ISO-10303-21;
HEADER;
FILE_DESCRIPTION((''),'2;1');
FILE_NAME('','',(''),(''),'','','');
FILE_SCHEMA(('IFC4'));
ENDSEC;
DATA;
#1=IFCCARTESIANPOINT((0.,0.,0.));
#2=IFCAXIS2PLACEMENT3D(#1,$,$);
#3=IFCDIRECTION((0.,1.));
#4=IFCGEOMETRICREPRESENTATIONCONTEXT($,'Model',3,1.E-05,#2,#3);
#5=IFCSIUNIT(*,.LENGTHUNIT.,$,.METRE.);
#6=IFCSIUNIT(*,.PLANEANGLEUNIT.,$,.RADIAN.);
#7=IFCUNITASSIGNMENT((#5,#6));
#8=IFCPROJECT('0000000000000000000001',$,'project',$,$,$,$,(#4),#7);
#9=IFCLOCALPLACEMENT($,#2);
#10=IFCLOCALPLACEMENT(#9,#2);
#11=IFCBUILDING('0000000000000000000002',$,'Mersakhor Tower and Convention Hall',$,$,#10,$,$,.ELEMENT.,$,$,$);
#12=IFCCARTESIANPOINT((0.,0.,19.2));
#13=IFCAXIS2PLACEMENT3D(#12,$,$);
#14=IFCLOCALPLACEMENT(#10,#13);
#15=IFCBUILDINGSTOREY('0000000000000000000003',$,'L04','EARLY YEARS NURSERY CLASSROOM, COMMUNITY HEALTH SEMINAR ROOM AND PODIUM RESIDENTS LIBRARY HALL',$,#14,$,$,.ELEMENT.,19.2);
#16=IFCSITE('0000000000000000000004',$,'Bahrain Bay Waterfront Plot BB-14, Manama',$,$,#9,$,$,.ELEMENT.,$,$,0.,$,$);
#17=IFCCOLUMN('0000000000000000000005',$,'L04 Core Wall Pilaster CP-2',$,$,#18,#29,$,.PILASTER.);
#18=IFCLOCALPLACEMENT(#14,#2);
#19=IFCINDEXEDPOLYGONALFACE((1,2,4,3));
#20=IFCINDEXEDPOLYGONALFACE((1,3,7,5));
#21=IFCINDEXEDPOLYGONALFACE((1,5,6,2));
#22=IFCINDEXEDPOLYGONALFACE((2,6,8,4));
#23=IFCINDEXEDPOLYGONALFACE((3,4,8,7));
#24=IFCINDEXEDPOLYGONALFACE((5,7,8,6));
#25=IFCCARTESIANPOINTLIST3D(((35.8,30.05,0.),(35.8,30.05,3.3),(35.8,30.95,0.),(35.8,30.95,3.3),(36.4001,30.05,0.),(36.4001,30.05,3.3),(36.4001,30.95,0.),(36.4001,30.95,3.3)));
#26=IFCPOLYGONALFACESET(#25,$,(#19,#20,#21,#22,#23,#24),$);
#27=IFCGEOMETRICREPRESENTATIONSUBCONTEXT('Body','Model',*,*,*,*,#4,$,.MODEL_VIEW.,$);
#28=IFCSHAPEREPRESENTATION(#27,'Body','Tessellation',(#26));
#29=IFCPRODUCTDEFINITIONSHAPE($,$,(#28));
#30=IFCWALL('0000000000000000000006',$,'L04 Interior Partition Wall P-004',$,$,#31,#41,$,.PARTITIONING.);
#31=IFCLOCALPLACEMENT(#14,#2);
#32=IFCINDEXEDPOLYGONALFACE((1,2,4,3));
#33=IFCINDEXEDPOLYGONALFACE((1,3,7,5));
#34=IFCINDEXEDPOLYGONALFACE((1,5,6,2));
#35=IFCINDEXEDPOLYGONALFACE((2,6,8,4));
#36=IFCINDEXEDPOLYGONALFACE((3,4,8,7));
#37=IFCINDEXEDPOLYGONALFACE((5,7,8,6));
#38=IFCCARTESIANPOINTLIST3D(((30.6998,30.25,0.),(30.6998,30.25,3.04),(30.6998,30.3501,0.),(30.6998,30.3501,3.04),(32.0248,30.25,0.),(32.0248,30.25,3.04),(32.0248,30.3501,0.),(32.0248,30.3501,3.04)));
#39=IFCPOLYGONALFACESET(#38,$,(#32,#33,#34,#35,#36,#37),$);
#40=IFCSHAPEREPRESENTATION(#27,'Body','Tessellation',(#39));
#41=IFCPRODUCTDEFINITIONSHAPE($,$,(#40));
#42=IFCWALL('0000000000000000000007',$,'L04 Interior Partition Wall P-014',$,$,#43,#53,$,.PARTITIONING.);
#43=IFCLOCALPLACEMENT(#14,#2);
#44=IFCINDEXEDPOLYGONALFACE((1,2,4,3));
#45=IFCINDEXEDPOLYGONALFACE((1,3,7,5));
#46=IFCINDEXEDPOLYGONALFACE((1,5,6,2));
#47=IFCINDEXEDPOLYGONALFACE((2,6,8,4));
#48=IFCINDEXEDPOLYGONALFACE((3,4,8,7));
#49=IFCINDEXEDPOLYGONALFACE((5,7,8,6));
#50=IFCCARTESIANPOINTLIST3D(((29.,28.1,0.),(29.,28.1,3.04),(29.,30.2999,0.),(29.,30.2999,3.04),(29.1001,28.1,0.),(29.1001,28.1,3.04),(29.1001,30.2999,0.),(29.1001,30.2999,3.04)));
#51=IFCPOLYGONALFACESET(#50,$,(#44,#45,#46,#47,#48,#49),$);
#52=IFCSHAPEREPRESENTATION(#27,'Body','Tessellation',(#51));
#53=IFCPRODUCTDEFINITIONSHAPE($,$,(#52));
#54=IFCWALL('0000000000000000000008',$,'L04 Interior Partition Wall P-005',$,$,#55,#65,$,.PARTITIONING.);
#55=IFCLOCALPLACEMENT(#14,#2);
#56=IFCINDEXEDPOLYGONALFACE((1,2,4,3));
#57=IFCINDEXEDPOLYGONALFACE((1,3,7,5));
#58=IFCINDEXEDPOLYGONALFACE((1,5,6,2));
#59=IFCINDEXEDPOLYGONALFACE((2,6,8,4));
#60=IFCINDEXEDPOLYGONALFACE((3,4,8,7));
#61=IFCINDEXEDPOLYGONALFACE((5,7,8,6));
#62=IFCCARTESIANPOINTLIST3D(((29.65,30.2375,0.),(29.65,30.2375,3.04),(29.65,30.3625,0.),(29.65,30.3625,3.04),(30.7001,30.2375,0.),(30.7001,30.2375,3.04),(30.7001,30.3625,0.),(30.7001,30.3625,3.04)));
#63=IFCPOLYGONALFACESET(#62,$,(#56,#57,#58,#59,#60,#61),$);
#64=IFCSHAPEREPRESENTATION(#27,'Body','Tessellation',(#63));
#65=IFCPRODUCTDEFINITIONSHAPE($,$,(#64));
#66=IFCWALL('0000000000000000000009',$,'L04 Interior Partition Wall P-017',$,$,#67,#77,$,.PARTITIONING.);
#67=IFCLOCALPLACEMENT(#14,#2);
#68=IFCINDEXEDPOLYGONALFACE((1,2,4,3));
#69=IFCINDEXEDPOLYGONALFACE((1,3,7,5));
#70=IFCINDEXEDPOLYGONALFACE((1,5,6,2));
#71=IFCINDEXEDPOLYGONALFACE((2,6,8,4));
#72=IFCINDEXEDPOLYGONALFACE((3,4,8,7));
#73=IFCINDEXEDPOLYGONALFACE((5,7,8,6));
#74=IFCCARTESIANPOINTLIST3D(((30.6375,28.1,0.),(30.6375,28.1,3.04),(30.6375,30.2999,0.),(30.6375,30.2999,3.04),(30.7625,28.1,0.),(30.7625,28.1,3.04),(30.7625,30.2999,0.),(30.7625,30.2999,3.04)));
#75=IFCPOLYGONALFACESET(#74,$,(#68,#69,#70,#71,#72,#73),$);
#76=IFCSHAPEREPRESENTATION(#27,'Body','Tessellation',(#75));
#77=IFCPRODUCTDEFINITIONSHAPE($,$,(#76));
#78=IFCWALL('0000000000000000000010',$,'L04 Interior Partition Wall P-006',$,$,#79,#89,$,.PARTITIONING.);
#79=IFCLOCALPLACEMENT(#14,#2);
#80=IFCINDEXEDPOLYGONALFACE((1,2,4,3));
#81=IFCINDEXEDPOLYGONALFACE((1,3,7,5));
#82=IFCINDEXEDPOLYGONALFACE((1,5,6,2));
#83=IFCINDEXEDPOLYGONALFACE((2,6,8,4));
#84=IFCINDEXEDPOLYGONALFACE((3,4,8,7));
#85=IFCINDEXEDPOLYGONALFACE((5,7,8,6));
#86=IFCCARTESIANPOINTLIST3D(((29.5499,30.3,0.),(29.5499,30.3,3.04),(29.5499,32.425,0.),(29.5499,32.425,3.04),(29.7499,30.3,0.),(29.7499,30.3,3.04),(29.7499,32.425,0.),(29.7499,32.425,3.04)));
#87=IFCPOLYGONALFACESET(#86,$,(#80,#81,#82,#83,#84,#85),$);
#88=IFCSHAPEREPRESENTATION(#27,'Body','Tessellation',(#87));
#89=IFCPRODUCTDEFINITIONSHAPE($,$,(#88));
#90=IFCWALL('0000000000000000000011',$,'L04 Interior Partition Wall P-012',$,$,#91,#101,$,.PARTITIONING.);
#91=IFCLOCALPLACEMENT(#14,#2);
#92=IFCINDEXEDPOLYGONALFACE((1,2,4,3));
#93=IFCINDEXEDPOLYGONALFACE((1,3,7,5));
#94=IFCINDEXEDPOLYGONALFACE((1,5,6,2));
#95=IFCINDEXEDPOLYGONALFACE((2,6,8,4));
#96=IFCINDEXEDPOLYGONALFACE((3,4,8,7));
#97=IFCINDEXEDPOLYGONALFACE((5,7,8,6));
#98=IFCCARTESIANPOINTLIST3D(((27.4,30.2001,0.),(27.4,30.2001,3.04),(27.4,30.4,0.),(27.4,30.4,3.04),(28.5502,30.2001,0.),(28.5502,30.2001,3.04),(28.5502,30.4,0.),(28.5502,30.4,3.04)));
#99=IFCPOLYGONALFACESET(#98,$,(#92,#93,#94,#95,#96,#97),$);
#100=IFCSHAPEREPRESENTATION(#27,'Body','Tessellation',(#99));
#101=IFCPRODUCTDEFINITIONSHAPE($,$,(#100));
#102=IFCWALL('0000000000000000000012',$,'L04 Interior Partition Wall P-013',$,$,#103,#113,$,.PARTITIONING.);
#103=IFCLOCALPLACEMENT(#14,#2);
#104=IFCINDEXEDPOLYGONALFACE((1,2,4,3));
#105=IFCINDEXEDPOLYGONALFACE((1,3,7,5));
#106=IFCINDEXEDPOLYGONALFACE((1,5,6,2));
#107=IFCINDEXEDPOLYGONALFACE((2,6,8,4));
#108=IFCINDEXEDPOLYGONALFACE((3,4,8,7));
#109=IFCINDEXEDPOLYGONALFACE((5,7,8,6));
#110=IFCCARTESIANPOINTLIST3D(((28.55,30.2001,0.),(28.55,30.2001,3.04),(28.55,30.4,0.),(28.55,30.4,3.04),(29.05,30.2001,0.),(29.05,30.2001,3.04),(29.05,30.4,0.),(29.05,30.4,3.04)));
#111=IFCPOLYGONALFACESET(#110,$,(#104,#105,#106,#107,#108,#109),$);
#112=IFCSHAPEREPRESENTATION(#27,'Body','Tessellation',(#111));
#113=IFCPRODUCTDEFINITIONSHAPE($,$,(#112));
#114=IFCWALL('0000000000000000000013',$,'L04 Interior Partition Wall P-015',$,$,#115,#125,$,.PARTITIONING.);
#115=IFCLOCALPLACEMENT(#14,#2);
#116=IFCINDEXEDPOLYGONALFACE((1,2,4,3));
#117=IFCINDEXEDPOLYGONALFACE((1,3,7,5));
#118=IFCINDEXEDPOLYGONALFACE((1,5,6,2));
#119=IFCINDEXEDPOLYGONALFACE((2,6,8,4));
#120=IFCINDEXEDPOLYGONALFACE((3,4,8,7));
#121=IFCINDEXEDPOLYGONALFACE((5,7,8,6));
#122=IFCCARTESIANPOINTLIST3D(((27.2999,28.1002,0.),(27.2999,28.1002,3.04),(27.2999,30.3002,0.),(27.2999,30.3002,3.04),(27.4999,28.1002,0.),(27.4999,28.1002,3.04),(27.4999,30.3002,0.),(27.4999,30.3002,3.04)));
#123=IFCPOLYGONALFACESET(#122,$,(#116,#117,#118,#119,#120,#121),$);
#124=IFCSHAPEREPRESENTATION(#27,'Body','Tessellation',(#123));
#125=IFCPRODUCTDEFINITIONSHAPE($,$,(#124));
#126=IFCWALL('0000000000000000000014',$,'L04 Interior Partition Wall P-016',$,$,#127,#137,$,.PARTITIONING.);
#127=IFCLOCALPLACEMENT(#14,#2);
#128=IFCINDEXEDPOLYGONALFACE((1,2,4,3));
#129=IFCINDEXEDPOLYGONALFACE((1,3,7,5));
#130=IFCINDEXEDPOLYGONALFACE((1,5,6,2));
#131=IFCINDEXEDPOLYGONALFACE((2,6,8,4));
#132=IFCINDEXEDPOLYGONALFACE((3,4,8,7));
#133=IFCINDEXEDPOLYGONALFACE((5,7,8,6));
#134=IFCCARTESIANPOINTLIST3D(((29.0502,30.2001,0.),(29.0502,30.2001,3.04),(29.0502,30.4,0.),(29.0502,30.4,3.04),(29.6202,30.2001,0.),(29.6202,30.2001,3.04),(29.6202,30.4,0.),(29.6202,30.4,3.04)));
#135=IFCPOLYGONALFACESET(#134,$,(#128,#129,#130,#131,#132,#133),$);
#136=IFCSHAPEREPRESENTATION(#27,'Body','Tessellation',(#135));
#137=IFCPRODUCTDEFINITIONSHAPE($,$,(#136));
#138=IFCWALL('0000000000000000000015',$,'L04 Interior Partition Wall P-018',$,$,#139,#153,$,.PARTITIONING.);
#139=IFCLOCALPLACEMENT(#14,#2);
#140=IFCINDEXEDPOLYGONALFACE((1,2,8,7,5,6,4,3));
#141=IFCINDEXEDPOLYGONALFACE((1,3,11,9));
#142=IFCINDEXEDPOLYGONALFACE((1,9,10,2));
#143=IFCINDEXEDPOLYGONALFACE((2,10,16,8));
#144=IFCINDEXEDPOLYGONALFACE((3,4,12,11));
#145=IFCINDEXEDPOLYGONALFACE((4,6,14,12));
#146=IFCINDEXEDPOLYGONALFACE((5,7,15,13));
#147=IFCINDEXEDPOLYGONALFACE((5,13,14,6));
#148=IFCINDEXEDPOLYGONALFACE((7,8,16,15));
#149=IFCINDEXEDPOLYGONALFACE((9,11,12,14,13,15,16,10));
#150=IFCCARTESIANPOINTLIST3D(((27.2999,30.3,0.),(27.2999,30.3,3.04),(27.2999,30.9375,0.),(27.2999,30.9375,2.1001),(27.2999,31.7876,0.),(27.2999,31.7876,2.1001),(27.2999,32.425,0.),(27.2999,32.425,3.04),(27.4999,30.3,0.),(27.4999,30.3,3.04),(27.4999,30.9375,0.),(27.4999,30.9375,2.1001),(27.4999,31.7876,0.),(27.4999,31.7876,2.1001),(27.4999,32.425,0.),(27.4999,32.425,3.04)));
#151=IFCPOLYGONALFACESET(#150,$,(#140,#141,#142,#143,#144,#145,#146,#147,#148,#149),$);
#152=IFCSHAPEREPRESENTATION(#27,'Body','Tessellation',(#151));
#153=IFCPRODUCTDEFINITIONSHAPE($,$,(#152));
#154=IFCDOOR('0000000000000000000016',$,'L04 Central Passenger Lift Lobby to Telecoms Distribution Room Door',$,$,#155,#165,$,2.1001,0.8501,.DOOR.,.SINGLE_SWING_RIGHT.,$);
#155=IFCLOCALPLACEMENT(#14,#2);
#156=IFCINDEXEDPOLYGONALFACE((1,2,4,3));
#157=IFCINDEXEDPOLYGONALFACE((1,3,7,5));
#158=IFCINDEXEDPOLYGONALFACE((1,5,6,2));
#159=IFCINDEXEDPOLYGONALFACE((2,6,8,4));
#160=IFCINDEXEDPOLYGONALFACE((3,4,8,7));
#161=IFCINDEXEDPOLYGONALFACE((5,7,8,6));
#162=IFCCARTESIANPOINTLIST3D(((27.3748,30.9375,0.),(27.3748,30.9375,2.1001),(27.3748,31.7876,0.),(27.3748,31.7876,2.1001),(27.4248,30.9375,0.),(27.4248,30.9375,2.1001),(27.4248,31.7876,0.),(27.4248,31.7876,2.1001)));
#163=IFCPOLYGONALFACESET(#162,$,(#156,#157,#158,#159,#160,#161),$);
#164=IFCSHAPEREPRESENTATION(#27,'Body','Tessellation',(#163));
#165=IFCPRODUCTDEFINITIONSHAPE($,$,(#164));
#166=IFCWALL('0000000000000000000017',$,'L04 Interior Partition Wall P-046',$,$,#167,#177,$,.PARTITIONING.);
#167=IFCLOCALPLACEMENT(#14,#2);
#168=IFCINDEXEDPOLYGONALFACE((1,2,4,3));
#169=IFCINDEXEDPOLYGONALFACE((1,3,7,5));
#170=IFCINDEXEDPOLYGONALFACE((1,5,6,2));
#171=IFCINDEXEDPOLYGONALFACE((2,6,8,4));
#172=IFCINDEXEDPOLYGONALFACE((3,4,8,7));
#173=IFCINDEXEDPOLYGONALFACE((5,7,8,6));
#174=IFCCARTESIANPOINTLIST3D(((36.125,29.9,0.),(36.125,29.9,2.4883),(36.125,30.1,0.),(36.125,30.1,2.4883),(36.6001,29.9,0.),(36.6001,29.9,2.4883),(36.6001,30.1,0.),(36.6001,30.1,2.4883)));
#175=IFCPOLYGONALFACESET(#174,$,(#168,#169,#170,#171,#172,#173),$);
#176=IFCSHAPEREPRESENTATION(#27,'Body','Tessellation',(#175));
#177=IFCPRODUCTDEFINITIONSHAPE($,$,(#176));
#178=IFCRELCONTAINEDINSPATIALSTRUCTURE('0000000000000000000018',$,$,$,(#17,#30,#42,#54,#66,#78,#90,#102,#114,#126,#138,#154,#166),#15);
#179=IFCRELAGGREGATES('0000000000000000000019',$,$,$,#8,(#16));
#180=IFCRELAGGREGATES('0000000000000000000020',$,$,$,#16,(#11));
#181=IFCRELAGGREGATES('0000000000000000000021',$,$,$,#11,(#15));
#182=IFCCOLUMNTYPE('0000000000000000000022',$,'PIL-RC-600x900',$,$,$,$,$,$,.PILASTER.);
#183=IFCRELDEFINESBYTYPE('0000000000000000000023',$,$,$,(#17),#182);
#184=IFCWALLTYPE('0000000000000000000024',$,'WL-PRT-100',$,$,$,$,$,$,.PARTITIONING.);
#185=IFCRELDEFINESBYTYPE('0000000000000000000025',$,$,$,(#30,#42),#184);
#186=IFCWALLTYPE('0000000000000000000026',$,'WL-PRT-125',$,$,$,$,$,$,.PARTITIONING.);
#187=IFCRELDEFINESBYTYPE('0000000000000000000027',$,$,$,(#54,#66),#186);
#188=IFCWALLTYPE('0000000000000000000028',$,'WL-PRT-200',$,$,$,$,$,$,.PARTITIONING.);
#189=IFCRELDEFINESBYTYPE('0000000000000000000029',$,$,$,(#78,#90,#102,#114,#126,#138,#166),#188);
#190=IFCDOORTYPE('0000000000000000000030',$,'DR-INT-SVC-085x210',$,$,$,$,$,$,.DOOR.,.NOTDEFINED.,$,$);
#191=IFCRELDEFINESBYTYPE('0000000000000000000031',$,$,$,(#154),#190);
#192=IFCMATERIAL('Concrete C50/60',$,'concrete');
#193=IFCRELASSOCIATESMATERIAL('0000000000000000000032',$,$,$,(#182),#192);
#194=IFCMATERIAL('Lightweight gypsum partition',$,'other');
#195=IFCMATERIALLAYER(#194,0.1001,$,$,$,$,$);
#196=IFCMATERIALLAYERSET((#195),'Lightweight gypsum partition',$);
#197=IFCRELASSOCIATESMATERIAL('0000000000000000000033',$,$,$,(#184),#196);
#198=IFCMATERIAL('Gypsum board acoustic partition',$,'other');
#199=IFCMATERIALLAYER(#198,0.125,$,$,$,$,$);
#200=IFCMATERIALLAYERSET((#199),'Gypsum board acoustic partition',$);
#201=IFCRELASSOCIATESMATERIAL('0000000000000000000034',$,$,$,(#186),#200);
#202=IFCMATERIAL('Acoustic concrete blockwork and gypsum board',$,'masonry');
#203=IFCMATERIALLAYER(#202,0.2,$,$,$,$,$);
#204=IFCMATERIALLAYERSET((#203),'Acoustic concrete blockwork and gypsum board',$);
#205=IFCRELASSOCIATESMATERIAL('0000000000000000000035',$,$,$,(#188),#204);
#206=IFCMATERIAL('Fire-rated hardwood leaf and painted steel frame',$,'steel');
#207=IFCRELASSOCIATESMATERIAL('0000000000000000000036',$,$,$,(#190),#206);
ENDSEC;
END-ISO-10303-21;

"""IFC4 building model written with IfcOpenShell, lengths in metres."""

from ifc_helpers import new_model, si_unit, direction, frame, frame_2d, origin, origin_2d, place, context, subcontext, project, spatial, rectangle, extrude, material, layer, layer_set, material_profile, profile_set, type_object, element, fill, save


model = new_model("IFC4")

# Units and contexts
model_context = context("Model", 3, precision=1e-05, world=origin(), true_north=direction((0.0, 1.0)))
body_context = subcontext(model_context, "Body", "Model", "MODEL_VIEW")
ifc_project = project(units=[si_unit("LENGTHUNIT", "METRE"), si_unit("PLANEANGLEUNIT", "RADIAN")], contexts=[model_context])

# Site, building, storey
site_placement = place(None, origin())
site = spatial("IfcSite", under=ifc_project, at=site_placement, Name="Bahrain Bay Waterfront Plot BB-14, Manama", CompositionType="ELEMENT", RefElevation=0.0)
building_placement = place(site_placement, origin())
building = spatial("IfcBuilding", under=site, at=building_placement, Name="Mersakhor Tower and Convention Hall", CompositionType="ELEMENT")
storey_placement = place(building_placement, frame((0.0, 0.0, 19.2)))
storey = spatial("IfcBuildingStorey", under=building, at=storey_placement, Name="L04", Description="EARLY YEARS NURSERY CLASSROOM, COMMUNITY HEALTH SEMINAR ROOM AND PODIUM RESIDENTS LIBRARY HALL", CompositionType="ELEMENT", Elevation=19.2)

# Column
ifc_material_1 = material(Name="Concrete C50/60", Category="concrete")
ifc_material_profile = material_profile(ifc_material_1, rectangle(XDim=0.6001, YDim=0.8999, at=origin_2d()), Name="RC 600x900")
ifc_profile_set = profile_set([ifc_material_profile], Name="Concrete C50/60")
column_type = type_object("IfcColumnType", Name="PIL-RC-600x900", PredefinedType="PILASTER", material=ifc_profile_set)
column_placement = place(storey_placement, frame((36.1001, 30.5, 0.0), z_axis=(0.0, 0.0, 1.0), x_axis=(1.0, 0.0, 0.0)))
element("IfcColumn", 1, at=column_placement, inside=storey, type_object=column_type, Name="L04 Core Wall Pilaster CP-2", PredefinedType="PILASTER", context=body_context, shape_type="SweptSolid", body=[
    extrude(rectangle(XDim=0.6001, YDim=0.8999, at=origin_2d()), origin(), (0.0, 0.0, 1.0), 3.3),
])

# Walls
ifc_material_2 = material(Name="Lightweight gypsum partition", Category="other")
ifc_layer_1 = layer(ifc_material_2, 0.1001)
ifc_layer_set_1 = layer_set([ifc_layer_1], Name="Lightweight gypsum partition")
wall_type_1 = type_object("IfcWallType", Name="WL-PRT-100", PredefinedType="PARTITIONING", material=ifc_layer_set_1)
wall_1_placement = place(storey_placement, frame((32.0249, 30.3, 0.0), z_axis=(0.0, 0.0, 1.0), x_axis=(-1.0, 0.0, 0.0)))
element("IfcWall", 2, at=wall_1_placement, inside=storey, type_object=wall_type_1, Name="L04 Interior Partition Wall P-004", PredefinedType="PARTITIONING", context=body_context, shape_type="SweptSolid", body=[
    extrude(rectangle(XDim=1.325, YDim=0.1001, at=frame_2d((0.6626, 0.0))), origin(), (0.0, 0.0, 1.0), 3.04),
])
wall_2_placement = place(storey_placement, frame((29.05, 30.3, 0.0), z_axis=(0.0, 0.0, 1.0), x_axis=(0.0, -1.0, 0.0)))
element("IfcWall", 3, at=wall_2_placement, inside=storey, type_object=wall_type_1, Name="L04 Interior Partition Wall P-014", PredefinedType="PARTITIONING", context=body_context, shape_type="SweptSolid", body=[
    extrude(rectangle(XDim=2.2, YDim=0.1001, at=frame_2d((1.1001, 0.0))), origin(), (0.0, 0.0, 1.0), 3.04),
])
ifc_material_3 = material(Name="Gypsum board acoustic partition", Category="other")
ifc_layer_2 = layer(ifc_material_3, 0.125)
ifc_layer_set_2 = layer_set([ifc_layer_2], Name="Gypsum board acoustic partition")
wall_type_2 = type_object("IfcWallType", Name="WL-PRT-125", PredefinedType="PARTITIONING", material=ifc_layer_set_2)
wall_3_placement = place(storey_placement, frame((30.7, 30.3, 0.0), z_axis=(0.0, 0.0, 1.0), x_axis=(-1.0, 0.0, 0.0)))
element("IfcWall", 4, at=wall_3_placement, inside=storey, type_object=wall_type_2, Name="L04 Interior Partition Wall P-005", PredefinedType="PARTITIONING", context=body_context, shape_type="SweptSolid", body=[
    extrude(rectangle(XDim=1.05, YDim=0.125, at=frame_2d((0.5249, 0.0))), origin(), (0.0, 0.0, 1.0), 3.04),
])
wall_4_placement = place(storey_placement, frame((30.7, 30.3, 0.0), z_axis=(0.0, 0.0, 1.0), x_axis=(0.0, -1.0, 0.0)))
element("IfcWall", 5, at=wall_4_placement, inside=storey, type_object=wall_type_2, Name="L04 Interior Partition Wall P-017", PredefinedType="PARTITIONING", context=body_context, shape_type="SweptSolid", body=[
    extrude(rectangle(XDim=2.2, YDim=0.125, at=frame_2d((1.1001, 0.0))), origin(), (0.0, 0.0, 1.0), 3.04),
])
ifc_material_4 = material(Name="Acoustic concrete blockwork and gypsum board", Category="masonry")
ifc_layer_3 = layer(ifc_material_4, 0.2)
ifc_layer_set_3 = layer_set([ifc_layer_3], Name="Acoustic concrete blockwork and gypsum board")
wall_type_3 = type_object("IfcWallType", Name="WL-PRT-200", PredefinedType="PARTITIONING", material=ifc_layer_set_3)
wall_5_placement = place(storey_placement, frame((29.6499, 30.3, 0.0), z_axis=(0.0, 0.0, 1.0), x_axis=(0.0, 1.0, 0.0)))
element("IfcWall", 6, at=wall_5_placement, inside=storey, type_object=wall_type_3, Name="L04 Interior Partition Wall P-006", PredefinedType="PARTITIONING", context=body_context, shape_type="SweptSolid", body=[
    extrude(rectangle(XDim=2.125, YDim=0.2, at=frame_2d((1.0625, 0.0))), origin(), (0.0, 0.0, 1.0), 3.04),
])
wall_6_placement = place(storey_placement, frame((27.3999, 30.3, 0.0), z_axis=(0.0, 0.0, 1.0), x_axis=(1.0, 0.0, 0.0)))
element("IfcWall", 7, at=wall_6_placement, inside=storey, type_object=wall_type_3, Name="L04 Interior Partition Wall P-012", PredefinedType="PARTITIONING", context=body_context, shape_type="SweptSolid", body=[
    extrude(rectangle(XDim=1.1501, YDim=0.2, at=frame_2d((0.5752, 0.0))), origin(), (0.0, 0.0, 1.0), 3.04),
])
wall_7_placement = place(storey_placement, frame((28.55, 30.3, 0.0), z_axis=(0.0, 0.0, 1.0), x_axis=(1.0, 0.0, 0.0)))
element("IfcWall", 8, at=wall_7_placement, inside=storey, type_object=wall_type_3, Name="L04 Interior Partition Wall P-013", PredefinedType="PARTITIONING", context=body_context, shape_type="SweptSolid", body=[
    extrude(rectangle(XDim=0.5, YDim=0.2, at=frame_2d((0.25, 0.0))), origin(), (0.0, 0.0, 1.0), 3.04),
])
wall_8_placement = place(storey_placement, frame((27.3999, 28.1001, 0.0), z_axis=(0.0, 0.0, 1.0), x_axis=(0.0, 1.0, 0.0)))
element("IfcWall", 9, at=wall_8_placement, inside=storey, type_object=wall_type_3, Name="L04 Interior Partition Wall P-015", PredefinedType="PARTITIONING", context=body_context, shape_type="SweptSolid", body=[
    extrude(rectangle(XDim=2.2, YDim=0.2, at=frame_2d((1.1001, 0.0))), origin(), (0.0, 0.0, 1.0), 3.04),
])
wall_9_placement = place(storey_placement, frame((29.05, 30.3, 0.0), z_axis=(0.0, 0.0, 1.0), x_axis=(1.0, 0.0, 0.0)))
element("IfcWall", 10, at=wall_9_placement, inside=storey, type_object=wall_type_3, Name="L04 Interior Partition Wall P-016", PredefinedType="PARTITIONING", context=body_context, shape_type="SweptSolid", body=[
    extrude(rectangle(XDim=0.5701, YDim=0.2, at=frame_2d((0.2852, 0.0))), origin(), (0.0, 0.0, 1.0), 3.04),
])

# Wall, opening, door
wall_10_placement = place(storey_placement, frame((27.3999, 32.425, 0.0), z_axis=(0.0, 0.0, 1.0), x_axis=(0.0, -1.0, 0.0)))
wall_10 = element("IfcWall", 11, at=wall_10_placement, inside=storey, type_object=wall_type_3, Name="L04 Interior Partition Wall P-018", PredefinedType="PARTITIONING", context=body_context, shape_type="SweptSolid", body=[
    extrude(rectangle(XDim=2.125, YDim=0.2, at=frame_2d((1.0625, 0.0))), origin(), (0.0, 0.0, 1.0), 3.04),
])
opening_1_placement = place(wall_10_placement, frame((0.6375, 0.0, 0.0)))
opening_1 = element("IfcOpeningElement", 12, at=opening_1_placement, cuts=wall_10, PredefinedType="OPENING", context=body_context, shape_type="SweptSolid", body=[
    extrude(rectangle(XDim=0.8501, YDim=2.1001, at=frame_2d((0.425, 1.05))), frame((0.0, 0.1099, 0.0), z_axis=(0.0, -1.0, 0.0), x_axis=(1.0, 0.0, 0.0)), (0.0, 0.0, 1.0), 0.22),
])
ifc_material_5 = material(Name="Fire-rated hardwood leaf and painted steel frame", Category="steel")
door_type_1 = type_object("IfcDoorType", Name="DR-INT-SVC-085x210", OperationType="NOTDEFINED", PredefinedType="DOOR", material=ifc_material_5)
door_1_placement = place(opening_1_placement, origin())
door_1 = element("IfcDoor", 13, at=door_1_placement, inside=storey, type_object=door_type_1, Name="L04 Central Passenger Lift Lobby to Telecoms Distribution Room Door", OperationType="SINGLE_SWING_RIGHT", OverallHeight=2.1001, OverallWidth=0.8501, PredefinedType="DOOR", context=body_context, shape_type="SweptSolid", body=[
    extrude(rectangle(XDim=0.8501, YDim=2.1001, at=frame_2d((0.425, 1.05))), frame((0.0, 0.0249, 0.0), z_axis=(0.0, -1.0, 0.0), x_axis=(1.0, 0.0, 0.0)), (0.0, 0.0, 1.0), 0.05),
])
fill(opening_1, door_1)

# Wall
wall_11_placement = place(storey_placement, frame((36.125, 30.0, 0.0), z_axis=(0.0, 0.0, 1.0), x_axis=(1.0, 0.0, 0.0)))
element("IfcWall", 14, at=wall_11_placement, inside=storey, type_object=wall_type_3, Name="L04 Interior Partition Wall P-046", PredefinedType="PARTITIONING", context=body_context, shape_type="SweptSolid", body=[
    extrude(rectangle(XDim=0.4751, YDim=0.2, at=frame_2d((0.2375, 0.0))), origin(), (0.0, 0.0, 1.0), 2.4883),
])

save(model, "model.ifc")
